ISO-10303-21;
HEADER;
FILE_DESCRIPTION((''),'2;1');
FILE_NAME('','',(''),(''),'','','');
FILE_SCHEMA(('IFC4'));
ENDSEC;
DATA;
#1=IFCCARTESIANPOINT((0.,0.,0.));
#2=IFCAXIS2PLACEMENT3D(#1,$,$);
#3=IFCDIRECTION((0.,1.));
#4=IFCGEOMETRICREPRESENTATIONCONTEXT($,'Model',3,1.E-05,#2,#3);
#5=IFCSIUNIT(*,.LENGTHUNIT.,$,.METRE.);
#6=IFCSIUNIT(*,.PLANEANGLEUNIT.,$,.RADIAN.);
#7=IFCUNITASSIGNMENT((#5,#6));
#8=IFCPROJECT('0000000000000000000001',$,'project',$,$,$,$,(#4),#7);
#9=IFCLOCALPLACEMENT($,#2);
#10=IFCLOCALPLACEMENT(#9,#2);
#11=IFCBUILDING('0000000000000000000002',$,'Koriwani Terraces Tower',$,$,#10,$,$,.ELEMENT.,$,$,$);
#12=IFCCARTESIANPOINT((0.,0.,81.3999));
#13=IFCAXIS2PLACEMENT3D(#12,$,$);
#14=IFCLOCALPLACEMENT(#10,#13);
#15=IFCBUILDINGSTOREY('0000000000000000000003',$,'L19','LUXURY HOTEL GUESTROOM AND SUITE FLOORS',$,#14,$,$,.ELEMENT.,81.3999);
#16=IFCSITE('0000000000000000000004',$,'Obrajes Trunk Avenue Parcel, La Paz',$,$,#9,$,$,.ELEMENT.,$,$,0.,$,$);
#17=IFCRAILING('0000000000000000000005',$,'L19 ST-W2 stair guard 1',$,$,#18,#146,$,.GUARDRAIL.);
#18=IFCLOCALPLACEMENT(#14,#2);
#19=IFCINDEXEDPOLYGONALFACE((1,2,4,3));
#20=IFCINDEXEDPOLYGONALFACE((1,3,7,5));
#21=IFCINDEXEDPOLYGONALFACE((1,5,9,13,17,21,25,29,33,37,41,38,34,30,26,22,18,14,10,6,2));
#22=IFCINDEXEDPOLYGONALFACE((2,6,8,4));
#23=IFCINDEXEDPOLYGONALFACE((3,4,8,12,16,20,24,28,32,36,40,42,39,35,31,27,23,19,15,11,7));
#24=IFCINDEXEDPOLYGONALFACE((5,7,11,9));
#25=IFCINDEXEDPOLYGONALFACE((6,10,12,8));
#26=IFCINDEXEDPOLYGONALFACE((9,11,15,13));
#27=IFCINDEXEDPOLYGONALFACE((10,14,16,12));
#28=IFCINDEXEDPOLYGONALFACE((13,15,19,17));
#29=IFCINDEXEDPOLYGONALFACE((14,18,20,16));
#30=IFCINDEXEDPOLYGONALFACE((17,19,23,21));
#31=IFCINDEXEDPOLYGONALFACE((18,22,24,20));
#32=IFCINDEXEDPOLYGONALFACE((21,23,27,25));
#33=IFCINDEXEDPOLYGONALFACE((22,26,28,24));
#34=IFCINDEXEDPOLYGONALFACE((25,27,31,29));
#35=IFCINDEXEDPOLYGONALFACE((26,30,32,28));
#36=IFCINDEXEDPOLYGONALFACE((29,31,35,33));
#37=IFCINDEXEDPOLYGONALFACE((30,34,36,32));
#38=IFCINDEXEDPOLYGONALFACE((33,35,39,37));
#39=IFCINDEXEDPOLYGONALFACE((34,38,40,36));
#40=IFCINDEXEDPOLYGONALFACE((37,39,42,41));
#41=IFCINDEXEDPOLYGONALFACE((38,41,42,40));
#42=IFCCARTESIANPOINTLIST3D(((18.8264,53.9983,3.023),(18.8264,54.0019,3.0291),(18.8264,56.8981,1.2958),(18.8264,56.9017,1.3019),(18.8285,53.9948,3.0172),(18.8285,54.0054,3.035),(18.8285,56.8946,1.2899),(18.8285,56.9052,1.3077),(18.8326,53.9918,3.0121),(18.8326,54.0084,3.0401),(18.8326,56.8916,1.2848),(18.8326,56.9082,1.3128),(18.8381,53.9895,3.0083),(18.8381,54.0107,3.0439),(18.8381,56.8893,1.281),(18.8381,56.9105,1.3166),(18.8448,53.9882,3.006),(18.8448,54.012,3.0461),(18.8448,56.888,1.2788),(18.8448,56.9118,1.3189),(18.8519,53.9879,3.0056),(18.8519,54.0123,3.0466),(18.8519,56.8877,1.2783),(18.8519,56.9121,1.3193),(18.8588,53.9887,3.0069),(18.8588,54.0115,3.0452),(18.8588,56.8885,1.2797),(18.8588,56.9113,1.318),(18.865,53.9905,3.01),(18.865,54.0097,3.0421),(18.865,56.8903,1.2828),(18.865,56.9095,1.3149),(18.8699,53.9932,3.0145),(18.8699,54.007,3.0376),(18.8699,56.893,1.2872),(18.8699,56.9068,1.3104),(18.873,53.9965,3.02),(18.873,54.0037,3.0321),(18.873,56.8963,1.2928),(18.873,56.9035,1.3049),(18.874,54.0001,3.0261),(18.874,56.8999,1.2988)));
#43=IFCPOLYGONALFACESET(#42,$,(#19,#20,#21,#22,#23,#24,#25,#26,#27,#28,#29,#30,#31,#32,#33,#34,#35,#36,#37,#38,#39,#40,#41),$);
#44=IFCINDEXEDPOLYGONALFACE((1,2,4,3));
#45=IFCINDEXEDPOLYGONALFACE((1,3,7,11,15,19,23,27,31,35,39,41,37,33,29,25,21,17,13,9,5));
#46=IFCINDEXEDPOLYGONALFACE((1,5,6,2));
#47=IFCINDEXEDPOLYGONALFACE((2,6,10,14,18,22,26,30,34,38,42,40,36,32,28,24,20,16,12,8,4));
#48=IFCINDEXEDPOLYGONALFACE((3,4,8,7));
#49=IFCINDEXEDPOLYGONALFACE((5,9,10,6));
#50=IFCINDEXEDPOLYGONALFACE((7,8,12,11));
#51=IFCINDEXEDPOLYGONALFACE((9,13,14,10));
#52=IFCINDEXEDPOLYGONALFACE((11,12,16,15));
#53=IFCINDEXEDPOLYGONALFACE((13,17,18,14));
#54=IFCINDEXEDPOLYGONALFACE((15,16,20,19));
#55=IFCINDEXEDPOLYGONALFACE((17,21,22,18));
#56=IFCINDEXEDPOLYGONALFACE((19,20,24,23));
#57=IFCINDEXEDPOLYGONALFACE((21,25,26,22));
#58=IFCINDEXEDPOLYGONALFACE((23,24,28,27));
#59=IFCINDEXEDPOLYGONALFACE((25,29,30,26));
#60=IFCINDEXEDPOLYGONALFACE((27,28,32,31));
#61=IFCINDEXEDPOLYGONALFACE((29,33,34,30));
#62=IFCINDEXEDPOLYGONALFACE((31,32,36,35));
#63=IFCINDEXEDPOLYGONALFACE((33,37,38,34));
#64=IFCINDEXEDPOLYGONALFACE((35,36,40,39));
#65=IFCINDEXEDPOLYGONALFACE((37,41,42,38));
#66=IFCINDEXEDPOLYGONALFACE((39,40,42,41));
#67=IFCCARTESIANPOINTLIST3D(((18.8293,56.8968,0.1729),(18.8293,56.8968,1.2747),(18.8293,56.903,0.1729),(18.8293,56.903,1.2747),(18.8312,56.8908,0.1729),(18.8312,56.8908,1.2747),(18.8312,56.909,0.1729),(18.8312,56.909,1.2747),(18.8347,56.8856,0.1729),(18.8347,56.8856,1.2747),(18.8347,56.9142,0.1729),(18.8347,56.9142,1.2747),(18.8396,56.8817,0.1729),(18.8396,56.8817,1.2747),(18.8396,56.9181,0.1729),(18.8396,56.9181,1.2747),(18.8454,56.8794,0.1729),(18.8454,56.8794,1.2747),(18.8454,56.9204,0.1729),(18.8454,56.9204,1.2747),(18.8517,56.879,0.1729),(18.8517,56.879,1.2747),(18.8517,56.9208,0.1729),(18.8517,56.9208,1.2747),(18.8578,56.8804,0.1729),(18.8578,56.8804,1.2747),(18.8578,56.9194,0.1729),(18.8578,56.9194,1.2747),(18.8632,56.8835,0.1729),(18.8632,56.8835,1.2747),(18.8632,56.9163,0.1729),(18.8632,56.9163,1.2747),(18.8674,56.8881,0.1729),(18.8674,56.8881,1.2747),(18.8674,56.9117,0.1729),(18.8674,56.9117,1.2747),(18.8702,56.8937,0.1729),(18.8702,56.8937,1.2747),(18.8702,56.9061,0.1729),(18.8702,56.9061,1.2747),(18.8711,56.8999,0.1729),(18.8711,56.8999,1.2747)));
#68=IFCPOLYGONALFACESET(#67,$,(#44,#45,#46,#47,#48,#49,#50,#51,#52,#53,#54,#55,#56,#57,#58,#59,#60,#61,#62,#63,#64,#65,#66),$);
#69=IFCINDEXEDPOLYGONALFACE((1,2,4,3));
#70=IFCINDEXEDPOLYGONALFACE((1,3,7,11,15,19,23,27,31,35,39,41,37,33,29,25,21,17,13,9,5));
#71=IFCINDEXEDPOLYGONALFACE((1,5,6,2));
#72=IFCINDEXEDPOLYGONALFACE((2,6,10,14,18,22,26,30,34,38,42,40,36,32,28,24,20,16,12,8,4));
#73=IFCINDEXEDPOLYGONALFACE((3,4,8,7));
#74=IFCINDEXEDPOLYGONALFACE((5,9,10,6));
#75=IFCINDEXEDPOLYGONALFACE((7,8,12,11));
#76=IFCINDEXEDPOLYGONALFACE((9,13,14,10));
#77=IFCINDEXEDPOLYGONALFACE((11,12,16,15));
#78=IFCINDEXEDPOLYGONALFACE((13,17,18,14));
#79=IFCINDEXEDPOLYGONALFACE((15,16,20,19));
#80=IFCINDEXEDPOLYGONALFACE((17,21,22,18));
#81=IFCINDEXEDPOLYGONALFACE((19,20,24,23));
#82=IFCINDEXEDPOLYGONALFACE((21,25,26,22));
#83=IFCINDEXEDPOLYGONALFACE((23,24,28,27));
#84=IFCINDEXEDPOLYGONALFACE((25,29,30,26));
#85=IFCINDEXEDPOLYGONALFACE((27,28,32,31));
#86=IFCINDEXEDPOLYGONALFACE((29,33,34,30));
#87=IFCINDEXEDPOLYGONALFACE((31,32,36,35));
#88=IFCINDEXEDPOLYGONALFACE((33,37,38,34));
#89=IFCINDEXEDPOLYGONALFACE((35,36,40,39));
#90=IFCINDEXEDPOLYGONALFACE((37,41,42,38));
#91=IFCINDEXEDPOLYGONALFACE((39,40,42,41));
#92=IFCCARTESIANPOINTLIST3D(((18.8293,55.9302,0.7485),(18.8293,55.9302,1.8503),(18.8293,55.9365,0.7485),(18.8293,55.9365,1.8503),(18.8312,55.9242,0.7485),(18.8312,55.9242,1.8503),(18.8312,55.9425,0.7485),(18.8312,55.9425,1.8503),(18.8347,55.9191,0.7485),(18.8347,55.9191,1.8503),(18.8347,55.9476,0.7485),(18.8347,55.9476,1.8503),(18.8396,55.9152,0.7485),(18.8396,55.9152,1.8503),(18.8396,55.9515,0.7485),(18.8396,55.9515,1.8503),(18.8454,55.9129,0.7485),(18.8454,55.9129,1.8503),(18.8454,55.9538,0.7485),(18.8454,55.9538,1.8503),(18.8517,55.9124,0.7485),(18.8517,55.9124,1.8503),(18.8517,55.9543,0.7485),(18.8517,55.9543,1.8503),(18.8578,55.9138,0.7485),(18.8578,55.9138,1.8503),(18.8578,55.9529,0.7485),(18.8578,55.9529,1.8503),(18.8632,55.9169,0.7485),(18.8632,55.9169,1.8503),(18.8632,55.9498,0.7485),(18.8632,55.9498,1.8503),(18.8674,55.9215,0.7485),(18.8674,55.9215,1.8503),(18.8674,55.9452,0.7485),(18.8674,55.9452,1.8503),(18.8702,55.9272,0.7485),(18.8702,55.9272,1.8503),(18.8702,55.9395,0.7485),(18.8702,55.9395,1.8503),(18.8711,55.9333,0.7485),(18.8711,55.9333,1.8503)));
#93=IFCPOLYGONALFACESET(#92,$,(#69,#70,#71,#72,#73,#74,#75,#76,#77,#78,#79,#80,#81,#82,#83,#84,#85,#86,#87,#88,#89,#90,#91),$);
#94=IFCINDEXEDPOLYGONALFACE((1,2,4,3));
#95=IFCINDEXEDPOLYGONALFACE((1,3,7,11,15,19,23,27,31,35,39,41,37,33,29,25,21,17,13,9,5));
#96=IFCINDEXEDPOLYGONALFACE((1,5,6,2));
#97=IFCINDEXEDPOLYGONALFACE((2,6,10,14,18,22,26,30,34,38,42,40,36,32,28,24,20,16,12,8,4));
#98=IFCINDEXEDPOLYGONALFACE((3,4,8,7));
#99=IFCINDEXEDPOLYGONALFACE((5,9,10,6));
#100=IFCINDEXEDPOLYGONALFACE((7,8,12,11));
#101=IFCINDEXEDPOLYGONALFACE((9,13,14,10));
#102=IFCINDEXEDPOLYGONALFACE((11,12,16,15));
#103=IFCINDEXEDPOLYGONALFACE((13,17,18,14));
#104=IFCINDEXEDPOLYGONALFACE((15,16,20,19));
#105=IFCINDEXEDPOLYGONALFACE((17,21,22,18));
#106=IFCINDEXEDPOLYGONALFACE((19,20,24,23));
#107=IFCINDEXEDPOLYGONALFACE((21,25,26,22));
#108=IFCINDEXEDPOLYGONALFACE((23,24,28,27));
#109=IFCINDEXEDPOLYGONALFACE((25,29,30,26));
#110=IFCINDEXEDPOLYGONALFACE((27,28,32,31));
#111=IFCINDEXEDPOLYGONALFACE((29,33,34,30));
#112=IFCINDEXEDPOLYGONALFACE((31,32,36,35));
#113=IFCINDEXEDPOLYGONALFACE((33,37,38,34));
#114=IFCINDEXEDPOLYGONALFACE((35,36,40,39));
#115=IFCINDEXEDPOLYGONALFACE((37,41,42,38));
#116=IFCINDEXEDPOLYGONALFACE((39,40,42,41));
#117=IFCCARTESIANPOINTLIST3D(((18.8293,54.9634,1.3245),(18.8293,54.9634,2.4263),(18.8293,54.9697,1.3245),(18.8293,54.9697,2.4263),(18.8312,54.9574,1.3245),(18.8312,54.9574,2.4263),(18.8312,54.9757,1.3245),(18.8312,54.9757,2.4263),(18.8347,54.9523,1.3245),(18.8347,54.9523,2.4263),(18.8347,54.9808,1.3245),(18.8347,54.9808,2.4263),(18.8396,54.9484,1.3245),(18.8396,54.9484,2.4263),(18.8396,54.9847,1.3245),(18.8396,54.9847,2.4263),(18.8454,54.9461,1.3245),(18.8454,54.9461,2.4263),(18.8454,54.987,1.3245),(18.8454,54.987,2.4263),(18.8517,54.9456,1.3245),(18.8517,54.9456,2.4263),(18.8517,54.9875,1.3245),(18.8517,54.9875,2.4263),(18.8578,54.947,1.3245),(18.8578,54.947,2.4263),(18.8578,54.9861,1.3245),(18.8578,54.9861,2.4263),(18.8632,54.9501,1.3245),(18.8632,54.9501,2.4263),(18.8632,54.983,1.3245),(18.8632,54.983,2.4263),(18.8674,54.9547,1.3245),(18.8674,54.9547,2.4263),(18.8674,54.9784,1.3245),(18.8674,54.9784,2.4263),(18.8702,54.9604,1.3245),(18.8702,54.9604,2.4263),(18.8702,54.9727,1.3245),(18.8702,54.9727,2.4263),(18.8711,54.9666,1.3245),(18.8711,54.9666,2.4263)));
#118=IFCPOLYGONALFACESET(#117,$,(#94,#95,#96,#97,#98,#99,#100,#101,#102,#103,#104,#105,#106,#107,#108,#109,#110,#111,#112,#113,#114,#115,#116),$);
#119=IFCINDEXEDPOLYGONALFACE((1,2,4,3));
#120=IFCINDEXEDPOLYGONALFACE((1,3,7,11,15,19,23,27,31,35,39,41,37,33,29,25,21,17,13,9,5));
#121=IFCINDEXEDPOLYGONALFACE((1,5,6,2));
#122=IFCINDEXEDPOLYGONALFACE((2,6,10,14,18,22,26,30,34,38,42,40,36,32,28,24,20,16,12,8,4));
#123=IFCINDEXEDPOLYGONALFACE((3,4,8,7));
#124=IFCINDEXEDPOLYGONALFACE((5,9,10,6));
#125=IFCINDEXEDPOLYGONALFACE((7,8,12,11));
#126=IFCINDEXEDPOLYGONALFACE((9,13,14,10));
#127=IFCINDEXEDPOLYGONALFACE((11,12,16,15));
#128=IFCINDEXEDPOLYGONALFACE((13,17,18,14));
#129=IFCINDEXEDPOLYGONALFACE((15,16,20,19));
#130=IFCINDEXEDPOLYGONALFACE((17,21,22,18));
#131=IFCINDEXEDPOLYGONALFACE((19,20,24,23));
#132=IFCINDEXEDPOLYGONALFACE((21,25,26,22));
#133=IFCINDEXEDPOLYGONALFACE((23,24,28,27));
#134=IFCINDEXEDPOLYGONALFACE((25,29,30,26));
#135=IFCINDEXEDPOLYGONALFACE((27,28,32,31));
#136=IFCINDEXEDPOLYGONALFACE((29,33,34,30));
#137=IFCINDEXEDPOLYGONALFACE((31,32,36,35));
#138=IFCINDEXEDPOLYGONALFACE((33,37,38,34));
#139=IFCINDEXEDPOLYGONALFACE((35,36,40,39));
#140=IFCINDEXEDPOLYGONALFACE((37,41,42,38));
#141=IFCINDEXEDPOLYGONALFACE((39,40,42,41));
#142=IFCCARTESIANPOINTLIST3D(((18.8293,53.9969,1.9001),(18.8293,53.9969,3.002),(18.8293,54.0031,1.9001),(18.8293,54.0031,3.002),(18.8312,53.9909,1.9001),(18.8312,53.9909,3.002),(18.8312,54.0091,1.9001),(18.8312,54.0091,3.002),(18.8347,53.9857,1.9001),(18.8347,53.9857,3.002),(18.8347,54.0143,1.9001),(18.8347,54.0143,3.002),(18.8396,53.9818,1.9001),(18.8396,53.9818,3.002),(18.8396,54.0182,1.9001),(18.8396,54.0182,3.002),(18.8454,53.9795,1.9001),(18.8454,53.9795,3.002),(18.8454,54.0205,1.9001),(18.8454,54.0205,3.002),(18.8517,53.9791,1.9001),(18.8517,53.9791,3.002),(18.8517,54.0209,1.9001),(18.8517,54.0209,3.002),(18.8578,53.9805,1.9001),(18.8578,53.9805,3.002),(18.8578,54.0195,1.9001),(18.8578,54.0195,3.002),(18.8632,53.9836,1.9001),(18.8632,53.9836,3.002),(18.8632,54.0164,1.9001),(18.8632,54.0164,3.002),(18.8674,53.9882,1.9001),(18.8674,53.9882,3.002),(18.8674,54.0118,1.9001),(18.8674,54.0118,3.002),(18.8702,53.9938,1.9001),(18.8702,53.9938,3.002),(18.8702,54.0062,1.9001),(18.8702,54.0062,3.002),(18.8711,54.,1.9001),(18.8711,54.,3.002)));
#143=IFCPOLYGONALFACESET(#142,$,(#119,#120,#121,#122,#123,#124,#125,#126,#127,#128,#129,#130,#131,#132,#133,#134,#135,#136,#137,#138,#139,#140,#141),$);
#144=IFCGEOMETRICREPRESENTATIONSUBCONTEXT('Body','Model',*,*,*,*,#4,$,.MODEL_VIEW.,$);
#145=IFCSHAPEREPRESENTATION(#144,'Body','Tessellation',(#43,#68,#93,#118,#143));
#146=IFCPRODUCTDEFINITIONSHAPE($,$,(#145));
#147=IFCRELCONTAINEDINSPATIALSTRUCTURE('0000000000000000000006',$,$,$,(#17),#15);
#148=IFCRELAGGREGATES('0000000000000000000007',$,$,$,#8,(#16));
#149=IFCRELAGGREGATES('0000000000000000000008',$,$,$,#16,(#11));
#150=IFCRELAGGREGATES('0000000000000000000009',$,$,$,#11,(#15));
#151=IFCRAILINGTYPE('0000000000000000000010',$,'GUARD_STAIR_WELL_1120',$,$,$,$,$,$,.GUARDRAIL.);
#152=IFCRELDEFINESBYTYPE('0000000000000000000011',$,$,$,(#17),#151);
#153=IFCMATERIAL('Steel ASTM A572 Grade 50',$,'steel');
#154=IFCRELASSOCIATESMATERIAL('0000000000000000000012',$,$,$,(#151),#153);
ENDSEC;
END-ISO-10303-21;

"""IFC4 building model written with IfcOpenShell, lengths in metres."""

from ifc_helpers import new_model, si_unit, direction, frame, origin, origin_2d, place, context, subcontext, project, spatial, circle, extrude, material, type_object, element, save


model = new_model("IFC4")

# Units and contexts
model_context = context("Model", 3, precision=1e-05, world=origin(), true_north=direction((0.0, 1.0)))
body_context = subcontext(model_context, "Body", "Model", "MODEL_VIEW")
ifc_project = project(units=[si_unit("LENGTHUNIT", "METRE"), si_unit("PLANEANGLEUNIT", "RADIAN")], contexts=[model_context])

# Site, building, storey
site_placement = place(None, origin())
site = spatial("IfcSite", under=ifc_project, at=site_placement, Name="Obrajes Trunk Avenue Parcel, La Paz", CompositionType="ELEMENT", RefElevation=0.0)
building_placement = place(site_placement, origin())
building = spatial("IfcBuilding", under=site, at=building_placement, Name="Koriwani Terraces Tower", CompositionType="ELEMENT")
storey_placement = place(building_placement, frame((0.0, 0.0, 81.3999)))
storey = spatial("IfcBuildingStorey", under=building, at=storey_placement, Name="L19", Description="LUXURY HOTEL GUESTROOM AND SUITE FLOORS", CompositionType="ELEMENT", Elevation=81.3999)

# Shared definitions
ifc_material_1 = material(Name="Steel ASTM A572 Grade 50", Category="steel")

# Railing
railing_type_1 = type_object("IfcRailingType", Name="GUARD_STAIR_WELL_1120", PredefinedType="GUARDRAIL", material=ifc_material_1)
for number, where, name in (
    (1, (18.8501, 56.8999, 0.1729), "L19 ST-W2 stair guard 1"),
):
    element("IfcRailing", number, at=place(storey_placement, frame(where)), inside=storey, type_object=railing_type_1, Name=name, PredefinedType="GUARDRAIL", context=body_context, shape_type="SweptSolid", body=[
        extrude(circle(Radius=0.0239, at=origin_2d()), frame((0.0, 0.0, 1.126), z_axis=(0.0, -0.859141, 0.511738), x_axis=(1.0, 0.0, 0.0)), (0.0, 0.0, 1.0), 3.3752),
        extrude(circle(Radius=0.021, at=origin_2d()), origin(), (0.0, 0.0, 1.0), 1.1018),
        extrude(circle(Radius=0.021, at=origin_2d()), frame((0.0, -0.9666, 0.5757)), (0.0, 0.0, 1.0), 1.1018),
        extrude(circle(Radius=0.021, at=origin_2d()), frame((0.0, -1.9333, 1.1516)), (0.0, 0.0, 1.0), 1.1018),
        extrude(circle(Radius=0.021, at=origin_2d()), frame((0.0, -2.8999, 1.7273)), (0.0, 0.0, 1.0), 1.1018),
    ])

save(model, "model.ifc")
